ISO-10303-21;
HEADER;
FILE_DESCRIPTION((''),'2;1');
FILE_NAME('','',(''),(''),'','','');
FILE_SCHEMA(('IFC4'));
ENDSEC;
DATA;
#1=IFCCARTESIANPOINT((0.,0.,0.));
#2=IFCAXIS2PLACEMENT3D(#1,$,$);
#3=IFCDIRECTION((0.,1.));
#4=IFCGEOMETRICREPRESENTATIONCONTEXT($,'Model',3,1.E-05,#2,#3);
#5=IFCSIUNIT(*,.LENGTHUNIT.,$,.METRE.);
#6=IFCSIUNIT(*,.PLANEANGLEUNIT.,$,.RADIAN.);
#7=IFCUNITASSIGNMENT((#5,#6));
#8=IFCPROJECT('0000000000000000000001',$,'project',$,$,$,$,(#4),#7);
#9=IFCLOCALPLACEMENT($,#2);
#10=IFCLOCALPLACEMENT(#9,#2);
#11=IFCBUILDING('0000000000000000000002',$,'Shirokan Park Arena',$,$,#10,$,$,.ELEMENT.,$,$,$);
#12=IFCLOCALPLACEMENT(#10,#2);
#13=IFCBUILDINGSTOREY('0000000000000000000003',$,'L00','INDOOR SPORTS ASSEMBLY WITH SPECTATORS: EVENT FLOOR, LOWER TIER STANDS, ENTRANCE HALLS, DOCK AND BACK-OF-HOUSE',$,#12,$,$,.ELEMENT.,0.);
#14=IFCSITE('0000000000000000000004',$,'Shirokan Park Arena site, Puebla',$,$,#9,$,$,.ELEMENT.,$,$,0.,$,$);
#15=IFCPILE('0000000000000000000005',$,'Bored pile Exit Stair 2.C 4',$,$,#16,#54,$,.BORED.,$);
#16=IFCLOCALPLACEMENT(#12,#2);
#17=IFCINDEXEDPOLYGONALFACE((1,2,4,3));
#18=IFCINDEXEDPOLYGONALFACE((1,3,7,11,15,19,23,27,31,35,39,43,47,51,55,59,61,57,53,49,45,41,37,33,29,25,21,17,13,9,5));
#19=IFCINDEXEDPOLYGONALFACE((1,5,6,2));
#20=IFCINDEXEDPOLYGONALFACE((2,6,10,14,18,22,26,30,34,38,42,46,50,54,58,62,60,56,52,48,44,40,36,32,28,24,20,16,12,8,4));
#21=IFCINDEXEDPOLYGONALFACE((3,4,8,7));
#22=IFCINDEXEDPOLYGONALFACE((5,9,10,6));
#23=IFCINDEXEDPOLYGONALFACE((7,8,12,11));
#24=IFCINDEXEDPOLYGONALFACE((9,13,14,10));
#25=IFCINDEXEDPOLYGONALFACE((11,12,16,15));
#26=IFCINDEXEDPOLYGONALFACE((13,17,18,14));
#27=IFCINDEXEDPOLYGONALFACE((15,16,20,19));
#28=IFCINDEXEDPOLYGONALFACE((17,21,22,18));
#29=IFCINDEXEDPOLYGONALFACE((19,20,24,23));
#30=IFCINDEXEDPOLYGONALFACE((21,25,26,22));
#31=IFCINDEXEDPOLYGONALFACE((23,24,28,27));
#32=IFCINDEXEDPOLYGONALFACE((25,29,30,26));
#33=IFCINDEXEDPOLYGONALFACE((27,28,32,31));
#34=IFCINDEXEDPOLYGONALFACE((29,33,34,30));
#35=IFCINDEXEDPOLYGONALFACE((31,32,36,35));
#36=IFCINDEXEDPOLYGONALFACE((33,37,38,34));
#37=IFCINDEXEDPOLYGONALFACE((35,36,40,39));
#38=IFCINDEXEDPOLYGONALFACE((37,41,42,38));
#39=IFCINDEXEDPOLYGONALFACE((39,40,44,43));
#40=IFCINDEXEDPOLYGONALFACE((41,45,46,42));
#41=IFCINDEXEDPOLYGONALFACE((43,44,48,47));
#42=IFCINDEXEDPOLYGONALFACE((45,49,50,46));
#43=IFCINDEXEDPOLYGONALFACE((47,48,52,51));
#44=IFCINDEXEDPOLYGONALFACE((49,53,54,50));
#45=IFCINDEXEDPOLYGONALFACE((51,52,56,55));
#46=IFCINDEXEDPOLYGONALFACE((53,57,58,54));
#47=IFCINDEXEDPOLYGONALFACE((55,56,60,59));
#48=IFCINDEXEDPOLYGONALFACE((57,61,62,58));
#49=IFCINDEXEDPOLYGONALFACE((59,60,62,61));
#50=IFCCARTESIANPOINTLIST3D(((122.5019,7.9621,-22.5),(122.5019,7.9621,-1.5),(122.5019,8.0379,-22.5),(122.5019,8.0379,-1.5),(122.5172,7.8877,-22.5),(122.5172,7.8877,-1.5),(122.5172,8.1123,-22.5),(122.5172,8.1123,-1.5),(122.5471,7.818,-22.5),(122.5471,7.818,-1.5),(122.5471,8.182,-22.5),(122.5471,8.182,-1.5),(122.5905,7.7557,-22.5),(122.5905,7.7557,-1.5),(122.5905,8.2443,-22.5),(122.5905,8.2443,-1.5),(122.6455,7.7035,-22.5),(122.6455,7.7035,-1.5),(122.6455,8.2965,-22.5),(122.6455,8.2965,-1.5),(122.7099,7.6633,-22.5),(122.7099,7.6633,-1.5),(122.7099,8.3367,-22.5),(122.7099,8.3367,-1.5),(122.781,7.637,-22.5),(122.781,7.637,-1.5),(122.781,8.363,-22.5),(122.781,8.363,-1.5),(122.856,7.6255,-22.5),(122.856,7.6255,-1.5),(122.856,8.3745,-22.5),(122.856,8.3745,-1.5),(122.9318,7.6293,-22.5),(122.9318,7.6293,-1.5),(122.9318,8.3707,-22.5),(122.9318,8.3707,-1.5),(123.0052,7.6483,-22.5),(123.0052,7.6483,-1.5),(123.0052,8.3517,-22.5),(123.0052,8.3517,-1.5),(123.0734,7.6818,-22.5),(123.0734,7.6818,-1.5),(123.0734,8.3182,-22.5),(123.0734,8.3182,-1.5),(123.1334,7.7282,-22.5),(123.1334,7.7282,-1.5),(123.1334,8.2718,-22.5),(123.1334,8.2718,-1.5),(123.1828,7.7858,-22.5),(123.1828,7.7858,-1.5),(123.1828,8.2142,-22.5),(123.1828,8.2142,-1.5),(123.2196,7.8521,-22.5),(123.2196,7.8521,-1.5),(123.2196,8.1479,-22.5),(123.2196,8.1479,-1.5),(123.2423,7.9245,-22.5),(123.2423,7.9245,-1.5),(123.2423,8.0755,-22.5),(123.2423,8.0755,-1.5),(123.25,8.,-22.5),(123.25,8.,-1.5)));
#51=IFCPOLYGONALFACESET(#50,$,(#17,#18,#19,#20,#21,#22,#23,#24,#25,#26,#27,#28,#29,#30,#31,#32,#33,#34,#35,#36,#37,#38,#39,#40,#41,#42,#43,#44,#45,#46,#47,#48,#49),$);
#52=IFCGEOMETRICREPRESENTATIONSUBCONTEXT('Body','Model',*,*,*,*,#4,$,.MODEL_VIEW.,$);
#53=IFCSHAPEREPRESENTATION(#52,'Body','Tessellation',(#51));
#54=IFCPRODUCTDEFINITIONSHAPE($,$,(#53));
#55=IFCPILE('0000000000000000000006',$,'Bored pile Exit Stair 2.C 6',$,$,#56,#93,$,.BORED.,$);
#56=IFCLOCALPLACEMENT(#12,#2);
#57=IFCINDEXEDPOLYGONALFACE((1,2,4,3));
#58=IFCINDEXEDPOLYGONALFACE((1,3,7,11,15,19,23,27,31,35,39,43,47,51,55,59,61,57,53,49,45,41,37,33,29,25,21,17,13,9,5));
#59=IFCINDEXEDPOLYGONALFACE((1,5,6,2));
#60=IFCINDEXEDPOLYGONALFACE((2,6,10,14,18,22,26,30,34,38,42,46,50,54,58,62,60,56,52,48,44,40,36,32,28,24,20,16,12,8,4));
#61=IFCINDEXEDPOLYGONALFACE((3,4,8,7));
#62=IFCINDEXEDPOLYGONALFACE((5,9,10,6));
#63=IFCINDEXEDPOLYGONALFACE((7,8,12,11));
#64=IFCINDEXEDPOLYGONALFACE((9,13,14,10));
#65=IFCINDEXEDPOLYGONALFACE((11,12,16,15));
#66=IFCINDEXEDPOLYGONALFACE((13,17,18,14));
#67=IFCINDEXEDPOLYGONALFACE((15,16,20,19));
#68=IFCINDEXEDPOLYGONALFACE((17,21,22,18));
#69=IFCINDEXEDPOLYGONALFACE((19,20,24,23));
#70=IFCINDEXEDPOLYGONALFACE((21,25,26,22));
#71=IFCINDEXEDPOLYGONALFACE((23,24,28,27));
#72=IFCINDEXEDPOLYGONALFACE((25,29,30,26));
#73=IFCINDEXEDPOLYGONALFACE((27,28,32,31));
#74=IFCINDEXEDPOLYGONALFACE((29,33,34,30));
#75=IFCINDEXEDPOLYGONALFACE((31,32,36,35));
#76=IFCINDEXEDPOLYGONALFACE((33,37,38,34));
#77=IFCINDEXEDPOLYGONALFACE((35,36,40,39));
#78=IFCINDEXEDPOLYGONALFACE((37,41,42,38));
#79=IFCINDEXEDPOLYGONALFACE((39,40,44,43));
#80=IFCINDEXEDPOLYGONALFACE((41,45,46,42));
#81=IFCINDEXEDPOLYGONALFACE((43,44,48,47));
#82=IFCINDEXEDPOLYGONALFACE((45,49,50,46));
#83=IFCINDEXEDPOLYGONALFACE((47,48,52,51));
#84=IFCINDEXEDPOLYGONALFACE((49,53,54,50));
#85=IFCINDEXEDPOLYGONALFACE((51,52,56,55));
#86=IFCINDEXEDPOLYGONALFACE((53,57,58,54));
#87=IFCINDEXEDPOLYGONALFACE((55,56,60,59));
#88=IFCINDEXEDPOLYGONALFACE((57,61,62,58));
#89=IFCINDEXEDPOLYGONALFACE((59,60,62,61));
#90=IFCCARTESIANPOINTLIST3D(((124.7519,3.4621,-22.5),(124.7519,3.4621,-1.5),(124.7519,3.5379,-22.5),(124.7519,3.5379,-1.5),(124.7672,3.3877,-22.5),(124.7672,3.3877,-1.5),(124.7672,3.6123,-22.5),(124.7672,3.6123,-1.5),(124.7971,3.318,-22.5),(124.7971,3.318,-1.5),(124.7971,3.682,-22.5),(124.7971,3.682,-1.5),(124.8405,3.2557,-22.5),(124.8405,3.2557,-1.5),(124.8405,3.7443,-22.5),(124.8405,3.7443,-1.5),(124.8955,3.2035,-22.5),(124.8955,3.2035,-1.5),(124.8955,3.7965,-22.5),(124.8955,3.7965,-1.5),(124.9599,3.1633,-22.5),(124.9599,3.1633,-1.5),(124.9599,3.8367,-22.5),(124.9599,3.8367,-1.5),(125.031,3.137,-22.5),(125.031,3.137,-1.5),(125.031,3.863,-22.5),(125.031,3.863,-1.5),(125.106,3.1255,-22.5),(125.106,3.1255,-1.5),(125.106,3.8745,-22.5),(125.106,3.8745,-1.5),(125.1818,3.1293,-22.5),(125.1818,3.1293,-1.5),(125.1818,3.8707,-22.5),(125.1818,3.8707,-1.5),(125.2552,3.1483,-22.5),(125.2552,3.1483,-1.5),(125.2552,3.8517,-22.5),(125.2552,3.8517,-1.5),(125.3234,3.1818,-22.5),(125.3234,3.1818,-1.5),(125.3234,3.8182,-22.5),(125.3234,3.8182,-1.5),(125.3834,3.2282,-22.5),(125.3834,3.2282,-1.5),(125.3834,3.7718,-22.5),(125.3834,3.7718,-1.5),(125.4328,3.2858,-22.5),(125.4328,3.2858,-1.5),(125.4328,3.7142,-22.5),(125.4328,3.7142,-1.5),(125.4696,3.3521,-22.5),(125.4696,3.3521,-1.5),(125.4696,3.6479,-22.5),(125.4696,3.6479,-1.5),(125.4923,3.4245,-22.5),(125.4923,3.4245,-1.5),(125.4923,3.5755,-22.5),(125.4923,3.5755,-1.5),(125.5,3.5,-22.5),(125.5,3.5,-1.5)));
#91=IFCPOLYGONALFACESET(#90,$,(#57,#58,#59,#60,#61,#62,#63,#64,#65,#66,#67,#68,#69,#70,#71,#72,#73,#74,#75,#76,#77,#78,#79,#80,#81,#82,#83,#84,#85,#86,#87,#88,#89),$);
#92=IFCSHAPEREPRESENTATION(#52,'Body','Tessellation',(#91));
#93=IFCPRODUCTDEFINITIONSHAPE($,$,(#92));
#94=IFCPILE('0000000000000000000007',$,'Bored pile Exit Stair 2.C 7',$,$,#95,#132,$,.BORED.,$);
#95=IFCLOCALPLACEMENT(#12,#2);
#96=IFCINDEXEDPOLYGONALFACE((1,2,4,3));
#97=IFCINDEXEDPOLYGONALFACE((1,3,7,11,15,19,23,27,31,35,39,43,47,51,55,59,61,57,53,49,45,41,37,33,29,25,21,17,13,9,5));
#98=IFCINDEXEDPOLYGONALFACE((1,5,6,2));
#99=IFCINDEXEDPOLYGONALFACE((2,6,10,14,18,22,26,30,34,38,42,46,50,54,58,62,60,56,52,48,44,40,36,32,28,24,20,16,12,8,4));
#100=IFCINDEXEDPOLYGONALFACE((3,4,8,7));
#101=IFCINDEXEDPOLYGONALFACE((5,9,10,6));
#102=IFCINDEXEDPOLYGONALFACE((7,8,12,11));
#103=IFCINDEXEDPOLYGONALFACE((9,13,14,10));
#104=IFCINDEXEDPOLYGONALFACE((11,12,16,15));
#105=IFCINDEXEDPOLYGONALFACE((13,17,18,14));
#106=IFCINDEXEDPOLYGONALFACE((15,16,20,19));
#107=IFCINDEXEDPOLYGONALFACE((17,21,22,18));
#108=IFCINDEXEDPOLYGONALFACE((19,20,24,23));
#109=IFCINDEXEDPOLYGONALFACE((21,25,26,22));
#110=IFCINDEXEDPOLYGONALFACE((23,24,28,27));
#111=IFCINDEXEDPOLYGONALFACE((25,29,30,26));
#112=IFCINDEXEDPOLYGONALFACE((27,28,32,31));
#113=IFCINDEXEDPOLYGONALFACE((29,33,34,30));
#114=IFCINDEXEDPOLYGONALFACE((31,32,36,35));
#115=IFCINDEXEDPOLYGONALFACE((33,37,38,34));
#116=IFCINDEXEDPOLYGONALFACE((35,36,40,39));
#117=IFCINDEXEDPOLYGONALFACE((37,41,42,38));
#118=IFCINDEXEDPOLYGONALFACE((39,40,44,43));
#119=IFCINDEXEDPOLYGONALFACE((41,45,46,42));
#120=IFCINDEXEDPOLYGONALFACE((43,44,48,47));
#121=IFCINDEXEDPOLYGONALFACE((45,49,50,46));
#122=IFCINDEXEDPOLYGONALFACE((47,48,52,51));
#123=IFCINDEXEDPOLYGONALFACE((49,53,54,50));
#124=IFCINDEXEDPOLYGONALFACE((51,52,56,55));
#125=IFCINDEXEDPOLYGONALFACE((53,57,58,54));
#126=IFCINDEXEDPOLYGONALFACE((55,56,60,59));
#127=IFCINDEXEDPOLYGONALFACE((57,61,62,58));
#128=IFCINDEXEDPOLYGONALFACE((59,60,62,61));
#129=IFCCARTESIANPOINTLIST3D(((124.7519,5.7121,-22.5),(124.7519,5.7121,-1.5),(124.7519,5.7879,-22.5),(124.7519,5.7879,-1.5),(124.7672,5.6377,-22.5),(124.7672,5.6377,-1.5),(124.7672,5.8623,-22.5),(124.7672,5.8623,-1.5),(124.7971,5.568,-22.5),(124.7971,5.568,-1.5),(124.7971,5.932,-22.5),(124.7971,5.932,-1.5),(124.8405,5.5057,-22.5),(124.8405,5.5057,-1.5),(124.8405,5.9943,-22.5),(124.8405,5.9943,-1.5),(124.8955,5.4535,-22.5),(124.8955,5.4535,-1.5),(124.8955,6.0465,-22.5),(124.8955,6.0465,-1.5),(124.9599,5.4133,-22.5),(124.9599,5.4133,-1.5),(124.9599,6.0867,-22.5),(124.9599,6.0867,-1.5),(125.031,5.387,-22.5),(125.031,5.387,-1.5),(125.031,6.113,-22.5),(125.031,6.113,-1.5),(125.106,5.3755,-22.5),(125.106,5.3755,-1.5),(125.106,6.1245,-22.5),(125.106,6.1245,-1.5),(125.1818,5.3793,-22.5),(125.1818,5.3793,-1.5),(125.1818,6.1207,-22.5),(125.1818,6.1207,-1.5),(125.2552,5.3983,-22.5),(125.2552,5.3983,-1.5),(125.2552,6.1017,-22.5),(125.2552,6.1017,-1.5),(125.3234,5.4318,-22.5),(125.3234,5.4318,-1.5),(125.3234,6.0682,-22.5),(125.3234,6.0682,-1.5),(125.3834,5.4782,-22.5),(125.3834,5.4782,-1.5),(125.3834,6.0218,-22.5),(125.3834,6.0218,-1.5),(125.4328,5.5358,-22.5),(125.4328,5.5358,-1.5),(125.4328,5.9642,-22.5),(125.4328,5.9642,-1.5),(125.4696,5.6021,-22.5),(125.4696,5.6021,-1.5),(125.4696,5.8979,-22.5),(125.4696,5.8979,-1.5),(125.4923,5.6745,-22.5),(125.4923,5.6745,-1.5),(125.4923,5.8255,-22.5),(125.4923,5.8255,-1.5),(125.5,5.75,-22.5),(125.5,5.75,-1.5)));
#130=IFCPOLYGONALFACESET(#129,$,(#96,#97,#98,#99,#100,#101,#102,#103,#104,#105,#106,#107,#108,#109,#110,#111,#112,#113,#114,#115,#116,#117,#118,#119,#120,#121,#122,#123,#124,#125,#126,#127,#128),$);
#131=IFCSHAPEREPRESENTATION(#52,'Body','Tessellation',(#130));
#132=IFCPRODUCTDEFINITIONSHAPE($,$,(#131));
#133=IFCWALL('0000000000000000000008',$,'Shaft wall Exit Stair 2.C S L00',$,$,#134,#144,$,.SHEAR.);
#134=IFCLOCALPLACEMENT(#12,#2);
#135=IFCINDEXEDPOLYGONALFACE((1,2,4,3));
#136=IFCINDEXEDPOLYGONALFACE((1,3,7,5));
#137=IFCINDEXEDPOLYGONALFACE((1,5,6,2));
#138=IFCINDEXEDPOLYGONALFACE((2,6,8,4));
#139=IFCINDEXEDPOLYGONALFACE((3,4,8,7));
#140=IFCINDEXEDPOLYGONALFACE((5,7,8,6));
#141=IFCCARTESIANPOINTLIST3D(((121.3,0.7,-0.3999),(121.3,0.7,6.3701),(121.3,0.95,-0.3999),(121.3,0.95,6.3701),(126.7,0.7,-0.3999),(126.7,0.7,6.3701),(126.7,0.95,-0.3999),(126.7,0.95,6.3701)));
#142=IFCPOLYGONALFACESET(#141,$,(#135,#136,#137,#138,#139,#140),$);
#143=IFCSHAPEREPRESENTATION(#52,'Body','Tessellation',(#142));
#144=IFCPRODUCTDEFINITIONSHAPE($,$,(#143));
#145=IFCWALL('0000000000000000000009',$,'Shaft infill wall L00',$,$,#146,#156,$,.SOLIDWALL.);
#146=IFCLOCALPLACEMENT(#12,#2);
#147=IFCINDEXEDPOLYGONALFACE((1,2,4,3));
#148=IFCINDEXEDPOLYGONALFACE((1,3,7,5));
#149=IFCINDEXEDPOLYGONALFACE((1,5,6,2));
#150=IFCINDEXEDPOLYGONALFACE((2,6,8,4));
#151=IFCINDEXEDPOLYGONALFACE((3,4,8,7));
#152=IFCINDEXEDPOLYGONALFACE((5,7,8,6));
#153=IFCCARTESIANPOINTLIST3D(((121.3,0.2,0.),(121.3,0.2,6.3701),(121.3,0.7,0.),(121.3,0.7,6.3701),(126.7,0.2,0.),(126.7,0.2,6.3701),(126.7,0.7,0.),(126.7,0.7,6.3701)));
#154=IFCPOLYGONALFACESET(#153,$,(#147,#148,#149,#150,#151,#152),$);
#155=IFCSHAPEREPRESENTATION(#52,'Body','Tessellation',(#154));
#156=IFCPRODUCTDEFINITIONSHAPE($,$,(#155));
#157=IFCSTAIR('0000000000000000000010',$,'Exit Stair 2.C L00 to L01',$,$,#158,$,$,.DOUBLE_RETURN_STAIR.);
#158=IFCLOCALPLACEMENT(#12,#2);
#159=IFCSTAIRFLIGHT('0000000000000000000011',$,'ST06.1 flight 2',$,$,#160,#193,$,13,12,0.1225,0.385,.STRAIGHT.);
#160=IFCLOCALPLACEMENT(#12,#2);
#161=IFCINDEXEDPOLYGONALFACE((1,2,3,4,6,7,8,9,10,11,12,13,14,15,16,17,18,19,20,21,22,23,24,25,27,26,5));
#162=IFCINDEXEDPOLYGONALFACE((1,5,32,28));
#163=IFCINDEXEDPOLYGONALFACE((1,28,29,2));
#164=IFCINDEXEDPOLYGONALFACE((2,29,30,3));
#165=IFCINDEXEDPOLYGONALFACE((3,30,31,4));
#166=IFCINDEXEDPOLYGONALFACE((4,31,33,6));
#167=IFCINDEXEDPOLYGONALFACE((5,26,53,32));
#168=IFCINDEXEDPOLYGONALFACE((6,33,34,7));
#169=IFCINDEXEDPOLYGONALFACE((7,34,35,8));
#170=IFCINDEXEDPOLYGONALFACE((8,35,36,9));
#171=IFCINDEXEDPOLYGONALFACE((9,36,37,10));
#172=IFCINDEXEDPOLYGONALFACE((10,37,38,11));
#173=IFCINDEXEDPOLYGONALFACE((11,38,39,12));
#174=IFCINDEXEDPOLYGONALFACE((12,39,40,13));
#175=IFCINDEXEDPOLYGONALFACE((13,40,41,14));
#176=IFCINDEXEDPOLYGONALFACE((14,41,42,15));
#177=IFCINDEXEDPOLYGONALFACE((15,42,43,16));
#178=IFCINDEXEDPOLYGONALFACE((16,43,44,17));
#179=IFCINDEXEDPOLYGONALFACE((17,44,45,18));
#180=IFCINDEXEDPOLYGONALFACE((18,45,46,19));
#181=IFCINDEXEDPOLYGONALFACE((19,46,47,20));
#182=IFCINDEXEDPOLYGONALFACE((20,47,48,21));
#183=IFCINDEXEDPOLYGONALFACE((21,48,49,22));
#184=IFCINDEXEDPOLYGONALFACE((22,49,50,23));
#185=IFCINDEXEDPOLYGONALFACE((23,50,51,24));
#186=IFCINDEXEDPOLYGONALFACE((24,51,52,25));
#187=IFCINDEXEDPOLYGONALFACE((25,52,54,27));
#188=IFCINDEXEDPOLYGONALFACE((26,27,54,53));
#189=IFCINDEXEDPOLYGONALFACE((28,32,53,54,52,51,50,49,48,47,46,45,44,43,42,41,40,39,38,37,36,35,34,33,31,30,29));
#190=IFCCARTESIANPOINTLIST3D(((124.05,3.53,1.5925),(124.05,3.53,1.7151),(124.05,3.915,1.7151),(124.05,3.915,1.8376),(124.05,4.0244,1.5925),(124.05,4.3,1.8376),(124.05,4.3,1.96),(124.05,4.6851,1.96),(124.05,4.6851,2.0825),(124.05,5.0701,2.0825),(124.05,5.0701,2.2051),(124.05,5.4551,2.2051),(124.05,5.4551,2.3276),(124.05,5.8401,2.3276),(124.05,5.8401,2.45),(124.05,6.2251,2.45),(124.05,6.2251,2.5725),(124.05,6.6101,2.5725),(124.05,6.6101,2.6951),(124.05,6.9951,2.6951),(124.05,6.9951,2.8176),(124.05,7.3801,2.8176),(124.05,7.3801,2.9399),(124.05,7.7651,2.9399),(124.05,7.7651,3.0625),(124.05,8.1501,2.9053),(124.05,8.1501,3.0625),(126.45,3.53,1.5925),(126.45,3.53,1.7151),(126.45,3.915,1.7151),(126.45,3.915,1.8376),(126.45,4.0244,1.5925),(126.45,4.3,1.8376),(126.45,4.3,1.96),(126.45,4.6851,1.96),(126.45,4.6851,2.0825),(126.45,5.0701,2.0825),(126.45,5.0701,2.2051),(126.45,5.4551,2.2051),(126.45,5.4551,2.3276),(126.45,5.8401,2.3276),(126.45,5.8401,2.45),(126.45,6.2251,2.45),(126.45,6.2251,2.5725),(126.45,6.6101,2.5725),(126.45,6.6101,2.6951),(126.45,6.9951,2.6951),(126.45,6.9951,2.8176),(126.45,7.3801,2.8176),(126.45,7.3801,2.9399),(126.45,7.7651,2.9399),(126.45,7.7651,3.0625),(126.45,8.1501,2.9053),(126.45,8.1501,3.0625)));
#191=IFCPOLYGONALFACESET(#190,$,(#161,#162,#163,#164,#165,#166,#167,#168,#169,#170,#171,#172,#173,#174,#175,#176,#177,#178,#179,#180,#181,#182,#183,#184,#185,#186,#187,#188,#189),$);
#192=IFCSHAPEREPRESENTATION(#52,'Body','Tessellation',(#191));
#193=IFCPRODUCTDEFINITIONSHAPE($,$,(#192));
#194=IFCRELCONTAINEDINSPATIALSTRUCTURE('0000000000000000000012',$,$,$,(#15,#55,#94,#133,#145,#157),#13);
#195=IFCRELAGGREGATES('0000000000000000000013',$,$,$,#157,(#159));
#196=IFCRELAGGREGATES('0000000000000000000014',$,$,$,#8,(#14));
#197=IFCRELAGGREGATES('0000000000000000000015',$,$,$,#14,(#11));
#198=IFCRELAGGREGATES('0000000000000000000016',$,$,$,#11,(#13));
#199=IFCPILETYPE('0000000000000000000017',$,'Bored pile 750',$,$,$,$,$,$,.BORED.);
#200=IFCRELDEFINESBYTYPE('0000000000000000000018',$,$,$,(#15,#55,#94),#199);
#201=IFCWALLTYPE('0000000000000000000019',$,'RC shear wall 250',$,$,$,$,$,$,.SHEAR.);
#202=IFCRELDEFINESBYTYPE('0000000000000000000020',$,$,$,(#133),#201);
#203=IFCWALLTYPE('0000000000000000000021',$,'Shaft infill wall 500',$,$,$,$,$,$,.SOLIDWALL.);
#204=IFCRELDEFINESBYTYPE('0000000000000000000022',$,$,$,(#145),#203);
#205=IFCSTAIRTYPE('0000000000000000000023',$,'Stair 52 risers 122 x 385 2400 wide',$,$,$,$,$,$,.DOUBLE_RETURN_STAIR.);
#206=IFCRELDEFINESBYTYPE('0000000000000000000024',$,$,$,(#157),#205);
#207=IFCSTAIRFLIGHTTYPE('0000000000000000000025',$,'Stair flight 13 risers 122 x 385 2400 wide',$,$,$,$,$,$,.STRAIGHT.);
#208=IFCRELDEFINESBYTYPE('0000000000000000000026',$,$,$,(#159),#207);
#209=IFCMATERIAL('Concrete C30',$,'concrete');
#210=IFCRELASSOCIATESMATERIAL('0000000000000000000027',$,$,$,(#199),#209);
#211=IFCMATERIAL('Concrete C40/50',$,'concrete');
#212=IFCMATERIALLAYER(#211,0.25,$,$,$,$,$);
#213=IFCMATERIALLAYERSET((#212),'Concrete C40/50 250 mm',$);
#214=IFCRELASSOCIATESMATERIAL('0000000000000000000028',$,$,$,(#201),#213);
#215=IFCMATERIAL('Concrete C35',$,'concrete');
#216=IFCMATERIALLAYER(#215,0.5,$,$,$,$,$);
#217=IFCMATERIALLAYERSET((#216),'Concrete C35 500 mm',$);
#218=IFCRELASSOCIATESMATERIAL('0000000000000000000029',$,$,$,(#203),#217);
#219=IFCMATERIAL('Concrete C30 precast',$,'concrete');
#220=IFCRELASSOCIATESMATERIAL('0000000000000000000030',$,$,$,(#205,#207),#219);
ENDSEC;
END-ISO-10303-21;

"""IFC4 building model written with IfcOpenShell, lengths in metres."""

from ifc_helpers import new_model, si_unit, direction, frame, frame_2d, origin, origin_2d, place, context, subcontext, project, spatial, polyline, rectangle, circle, outline, extrude, material, layer, layer_set, material_profile, profile_set, type_object, element, aggregate, save


model = new_model("IFC4")

# Units and contexts
model_context = context("Model", 3, precision=1e-05, world=origin(), true_north=direction((0.0, 1.0)))
body_context = subcontext(model_context, "Body", "Model", "MODEL_VIEW")
ifc_project = project(units=[si_unit("LENGTHUNIT", "METRE"), si_unit("PLANEANGLEUNIT", "RADIAN")], contexts=[model_context])

# Site, building, storey
site_placement = place(None, origin())
site = spatial("IfcSite", under=ifc_project, at=site_placement, Name="Shirokan Park Arena site, Puebla", CompositionType="ELEMENT", RefElevation=0.0)
building_placement = place(site_placement, origin())
building = spatial("IfcBuilding", under=site, at=building_placement, Name="Shirokan Park Arena", CompositionType="ELEMENT")
storey_placement = place(building_placement, origin())
storey = spatial("IfcBuildingStorey", under=building, at=storey_placement, Name="L00", Description="INDOOR SPORTS ASSEMBLY WITH SPECTATORS: EVENT FLOOR, LOWER TIER STANDS, ENTRANCE HALLS, DOCK AND BACK-OF-HOUSE", CompositionType="ELEMENT", Elevation=0.0)

# Piles
ifc_material_1 = material(Name="Concrete C30", Category="concrete")
ifc_material_profile_1 = material_profile(ifc_material_1, circle(Radius=0.375, at=origin_2d()), Name="D750")
ifc_profile_set_1 = profile_set([ifc_material_profile_1], Name="Concrete C30")
pile_type_1 = type_object("IfcPileType", Name="Bored pile 750", PredefinedType="BORED", material=ifc_profile_set_1)
for number, where, z_axis, x_axis, name in (
    (1, (122.875, 8.0, -1.5), (0.0, 0.0, -1.0), (1.0, 0.0, 0.0), "Bored pile Exit Stair 2.C 4"),
    (2, (125.125, 3.5, -1.5), (0.0, 0.0, -1.0), (1.0, 0.0, 0.0), "Bored pile Exit Stair 2.C 6"),
    (3, (125.125, 5.75, -1.5), (0.0, 0.0, -1.0), (1.0, 0.0, 0.0), "Bored pile Exit Stair 2.C 7"),
):
    element("IfcPile", number, at=place(storey_placement, frame(where, z_axis=z_axis, x_axis=x_axis)), inside=storey, type_object=pile_type_1, Name=name, PredefinedType="BORED", context=body_context, shape_type="SweptSolid", body=[
        extrude(circle(Radius=0.375, at=origin_2d()), origin(), (0.0, 0.0, 1.0), 21.0),
    ])

# Shared definitions
ifc_material_2 = material(Name="Concrete C35", Category="concrete")

# Walls
ifc_material_3 = material(Name="Concrete C40/50", Category="concrete")
ifc_layer_1 = layer(ifc_material_3, 0.25)
ifc_layer_set_1 = layer_set([ifc_layer_1], Name="Concrete C40/50 250 mm")
wall_type_1 = type_object("IfcWallType", Name="RC shear wall 250", PredefinedType="SHEAR", material=ifc_layer_set_1)
wall_1_placement = place(storey_placement, frame((126.7, 0.825, -0.3999), z_axis=(0.0, 0.0, 1.0), x_axis=(-1.0, 0.0, 0.0)))
element("IfcWall", 4, at=wall_1_placement, inside=storey, type_object=wall_type_1, Name="Shaft wall Exit Stair 2.C S L00", PredefinedType="SHEAR", context=body_context, shape_type="SweptSolid", body=[
    extrude(rectangle(XDim=5.3999, YDim=0.25, at=frame_2d((2.7, 0.0))), origin(), (0.0, 0.0, 1.0), 6.77),
])
ifc_layer_2 = layer(ifc_material_2, 0.5)
ifc_layer_set_2 = layer_set([ifc_layer_2], Name="Concrete C35 500 mm")
wall_type_2 = type_object("IfcWallType", Name="Shaft infill wall 500", PredefinedType="SOLIDWALL", material=ifc_layer_set_2)
wall_2_placement = place(storey_placement, frame((121.3, 0.45, 0.0), z_axis=(0.0, 0.0, 1.0), x_axis=(1.0, 0.0, 0.0)))
element("IfcWall", 5, at=wall_2_placement, inside=storey, type_object=wall_type_2, Name="Shaft infill wall L00", PredefinedType="SOLIDWALL", context=body_context, shape_type="SweptSolid", body=[
    extrude(rectangle(XDim=5.3999, YDim=0.5, at=frame_2d((2.7, 0.0))), origin(), (0.0, 0.0, 1.0), 6.3701),
])

# Stair, stair flight
ifc_material_4 = material(Name="Concrete C30 precast", Category="concrete")
stair_type = type_object("IfcStairType", Name="Stair 52 risers 122 x 385 2400 wide", PredefinedType="DOUBLE_RETURN_STAIR", material=ifc_material_4)
stair_placement = place(storey_placement, origin())
stair = element("IfcStair", 6, at=stair_placement, inside=storey, type_object=stair_type, Name="Exit Stair 2.C L00 to L01", PredefinedType="DOUBLE_RETURN_STAIR")
stair_flight_type = type_object("IfcStairFlightType", Name="Stair flight 13 risers 122 x 385 2400 wide", PredefinedType="STRAIGHT", material=ifc_material_4)
stair_flight_1_placement = place(storey_placement, frame((125.25, 3.53, 1.5925), z_axis=(0.0, 0.0, 1.0), x_axis=(0.0, 1.0, 0.0)))
stair_flight_1 = element("IfcStairFlight", 7, at=stair_flight_1_placement, type_object=stair_flight_type, Name="ST06.1 flight 2", NumberOfRisers=13, NumberOfTreads=12, PredefinedType="STRAIGHT", RiserHeight=0.1225, TreadLength=0.385, context=body_context, shape_type="SweptSolid", body=[
    extrude(outline(polyline([(0.0, 0.0), (0.0, 0.1226), (0.385, 0.1226), (0.385, 0.2451), (0.77, 0.2451), (0.77, 0.3674), (1.155, 0.3674), (1.155, 0.49), (1.54, 0.49), (1.54, 0.6125), (1.925, 0.6125), (1.925, 0.7351), (2.3101, 0.7351), (2.3101, 0.8574), (2.6951, 0.8574), (2.6951, 0.98), (3.0801, 0.98), (3.0801, 1.1025), (3.4651, 1.1025), (3.4651, 1.2251), (3.8501, 1.2251), (3.8501, 1.3474), (4.2351, 1.3474), (4.2351, 1.47), (4.6201, 1.47), (4.6201, 1.5925), (4.6201, 1.3127), (0.4944, 0.0), (0.0, 0.0)])), frame((0.0, 1.2, 0.0), z_axis=(0.0, -1.0, 0.0), x_axis=(1.0, 0.0, 0.0)), (0.0, 0.0, 1.0), 2.3999),
])
aggregate(stair, [stair_flight_1])

save(model, "model.ifc")
